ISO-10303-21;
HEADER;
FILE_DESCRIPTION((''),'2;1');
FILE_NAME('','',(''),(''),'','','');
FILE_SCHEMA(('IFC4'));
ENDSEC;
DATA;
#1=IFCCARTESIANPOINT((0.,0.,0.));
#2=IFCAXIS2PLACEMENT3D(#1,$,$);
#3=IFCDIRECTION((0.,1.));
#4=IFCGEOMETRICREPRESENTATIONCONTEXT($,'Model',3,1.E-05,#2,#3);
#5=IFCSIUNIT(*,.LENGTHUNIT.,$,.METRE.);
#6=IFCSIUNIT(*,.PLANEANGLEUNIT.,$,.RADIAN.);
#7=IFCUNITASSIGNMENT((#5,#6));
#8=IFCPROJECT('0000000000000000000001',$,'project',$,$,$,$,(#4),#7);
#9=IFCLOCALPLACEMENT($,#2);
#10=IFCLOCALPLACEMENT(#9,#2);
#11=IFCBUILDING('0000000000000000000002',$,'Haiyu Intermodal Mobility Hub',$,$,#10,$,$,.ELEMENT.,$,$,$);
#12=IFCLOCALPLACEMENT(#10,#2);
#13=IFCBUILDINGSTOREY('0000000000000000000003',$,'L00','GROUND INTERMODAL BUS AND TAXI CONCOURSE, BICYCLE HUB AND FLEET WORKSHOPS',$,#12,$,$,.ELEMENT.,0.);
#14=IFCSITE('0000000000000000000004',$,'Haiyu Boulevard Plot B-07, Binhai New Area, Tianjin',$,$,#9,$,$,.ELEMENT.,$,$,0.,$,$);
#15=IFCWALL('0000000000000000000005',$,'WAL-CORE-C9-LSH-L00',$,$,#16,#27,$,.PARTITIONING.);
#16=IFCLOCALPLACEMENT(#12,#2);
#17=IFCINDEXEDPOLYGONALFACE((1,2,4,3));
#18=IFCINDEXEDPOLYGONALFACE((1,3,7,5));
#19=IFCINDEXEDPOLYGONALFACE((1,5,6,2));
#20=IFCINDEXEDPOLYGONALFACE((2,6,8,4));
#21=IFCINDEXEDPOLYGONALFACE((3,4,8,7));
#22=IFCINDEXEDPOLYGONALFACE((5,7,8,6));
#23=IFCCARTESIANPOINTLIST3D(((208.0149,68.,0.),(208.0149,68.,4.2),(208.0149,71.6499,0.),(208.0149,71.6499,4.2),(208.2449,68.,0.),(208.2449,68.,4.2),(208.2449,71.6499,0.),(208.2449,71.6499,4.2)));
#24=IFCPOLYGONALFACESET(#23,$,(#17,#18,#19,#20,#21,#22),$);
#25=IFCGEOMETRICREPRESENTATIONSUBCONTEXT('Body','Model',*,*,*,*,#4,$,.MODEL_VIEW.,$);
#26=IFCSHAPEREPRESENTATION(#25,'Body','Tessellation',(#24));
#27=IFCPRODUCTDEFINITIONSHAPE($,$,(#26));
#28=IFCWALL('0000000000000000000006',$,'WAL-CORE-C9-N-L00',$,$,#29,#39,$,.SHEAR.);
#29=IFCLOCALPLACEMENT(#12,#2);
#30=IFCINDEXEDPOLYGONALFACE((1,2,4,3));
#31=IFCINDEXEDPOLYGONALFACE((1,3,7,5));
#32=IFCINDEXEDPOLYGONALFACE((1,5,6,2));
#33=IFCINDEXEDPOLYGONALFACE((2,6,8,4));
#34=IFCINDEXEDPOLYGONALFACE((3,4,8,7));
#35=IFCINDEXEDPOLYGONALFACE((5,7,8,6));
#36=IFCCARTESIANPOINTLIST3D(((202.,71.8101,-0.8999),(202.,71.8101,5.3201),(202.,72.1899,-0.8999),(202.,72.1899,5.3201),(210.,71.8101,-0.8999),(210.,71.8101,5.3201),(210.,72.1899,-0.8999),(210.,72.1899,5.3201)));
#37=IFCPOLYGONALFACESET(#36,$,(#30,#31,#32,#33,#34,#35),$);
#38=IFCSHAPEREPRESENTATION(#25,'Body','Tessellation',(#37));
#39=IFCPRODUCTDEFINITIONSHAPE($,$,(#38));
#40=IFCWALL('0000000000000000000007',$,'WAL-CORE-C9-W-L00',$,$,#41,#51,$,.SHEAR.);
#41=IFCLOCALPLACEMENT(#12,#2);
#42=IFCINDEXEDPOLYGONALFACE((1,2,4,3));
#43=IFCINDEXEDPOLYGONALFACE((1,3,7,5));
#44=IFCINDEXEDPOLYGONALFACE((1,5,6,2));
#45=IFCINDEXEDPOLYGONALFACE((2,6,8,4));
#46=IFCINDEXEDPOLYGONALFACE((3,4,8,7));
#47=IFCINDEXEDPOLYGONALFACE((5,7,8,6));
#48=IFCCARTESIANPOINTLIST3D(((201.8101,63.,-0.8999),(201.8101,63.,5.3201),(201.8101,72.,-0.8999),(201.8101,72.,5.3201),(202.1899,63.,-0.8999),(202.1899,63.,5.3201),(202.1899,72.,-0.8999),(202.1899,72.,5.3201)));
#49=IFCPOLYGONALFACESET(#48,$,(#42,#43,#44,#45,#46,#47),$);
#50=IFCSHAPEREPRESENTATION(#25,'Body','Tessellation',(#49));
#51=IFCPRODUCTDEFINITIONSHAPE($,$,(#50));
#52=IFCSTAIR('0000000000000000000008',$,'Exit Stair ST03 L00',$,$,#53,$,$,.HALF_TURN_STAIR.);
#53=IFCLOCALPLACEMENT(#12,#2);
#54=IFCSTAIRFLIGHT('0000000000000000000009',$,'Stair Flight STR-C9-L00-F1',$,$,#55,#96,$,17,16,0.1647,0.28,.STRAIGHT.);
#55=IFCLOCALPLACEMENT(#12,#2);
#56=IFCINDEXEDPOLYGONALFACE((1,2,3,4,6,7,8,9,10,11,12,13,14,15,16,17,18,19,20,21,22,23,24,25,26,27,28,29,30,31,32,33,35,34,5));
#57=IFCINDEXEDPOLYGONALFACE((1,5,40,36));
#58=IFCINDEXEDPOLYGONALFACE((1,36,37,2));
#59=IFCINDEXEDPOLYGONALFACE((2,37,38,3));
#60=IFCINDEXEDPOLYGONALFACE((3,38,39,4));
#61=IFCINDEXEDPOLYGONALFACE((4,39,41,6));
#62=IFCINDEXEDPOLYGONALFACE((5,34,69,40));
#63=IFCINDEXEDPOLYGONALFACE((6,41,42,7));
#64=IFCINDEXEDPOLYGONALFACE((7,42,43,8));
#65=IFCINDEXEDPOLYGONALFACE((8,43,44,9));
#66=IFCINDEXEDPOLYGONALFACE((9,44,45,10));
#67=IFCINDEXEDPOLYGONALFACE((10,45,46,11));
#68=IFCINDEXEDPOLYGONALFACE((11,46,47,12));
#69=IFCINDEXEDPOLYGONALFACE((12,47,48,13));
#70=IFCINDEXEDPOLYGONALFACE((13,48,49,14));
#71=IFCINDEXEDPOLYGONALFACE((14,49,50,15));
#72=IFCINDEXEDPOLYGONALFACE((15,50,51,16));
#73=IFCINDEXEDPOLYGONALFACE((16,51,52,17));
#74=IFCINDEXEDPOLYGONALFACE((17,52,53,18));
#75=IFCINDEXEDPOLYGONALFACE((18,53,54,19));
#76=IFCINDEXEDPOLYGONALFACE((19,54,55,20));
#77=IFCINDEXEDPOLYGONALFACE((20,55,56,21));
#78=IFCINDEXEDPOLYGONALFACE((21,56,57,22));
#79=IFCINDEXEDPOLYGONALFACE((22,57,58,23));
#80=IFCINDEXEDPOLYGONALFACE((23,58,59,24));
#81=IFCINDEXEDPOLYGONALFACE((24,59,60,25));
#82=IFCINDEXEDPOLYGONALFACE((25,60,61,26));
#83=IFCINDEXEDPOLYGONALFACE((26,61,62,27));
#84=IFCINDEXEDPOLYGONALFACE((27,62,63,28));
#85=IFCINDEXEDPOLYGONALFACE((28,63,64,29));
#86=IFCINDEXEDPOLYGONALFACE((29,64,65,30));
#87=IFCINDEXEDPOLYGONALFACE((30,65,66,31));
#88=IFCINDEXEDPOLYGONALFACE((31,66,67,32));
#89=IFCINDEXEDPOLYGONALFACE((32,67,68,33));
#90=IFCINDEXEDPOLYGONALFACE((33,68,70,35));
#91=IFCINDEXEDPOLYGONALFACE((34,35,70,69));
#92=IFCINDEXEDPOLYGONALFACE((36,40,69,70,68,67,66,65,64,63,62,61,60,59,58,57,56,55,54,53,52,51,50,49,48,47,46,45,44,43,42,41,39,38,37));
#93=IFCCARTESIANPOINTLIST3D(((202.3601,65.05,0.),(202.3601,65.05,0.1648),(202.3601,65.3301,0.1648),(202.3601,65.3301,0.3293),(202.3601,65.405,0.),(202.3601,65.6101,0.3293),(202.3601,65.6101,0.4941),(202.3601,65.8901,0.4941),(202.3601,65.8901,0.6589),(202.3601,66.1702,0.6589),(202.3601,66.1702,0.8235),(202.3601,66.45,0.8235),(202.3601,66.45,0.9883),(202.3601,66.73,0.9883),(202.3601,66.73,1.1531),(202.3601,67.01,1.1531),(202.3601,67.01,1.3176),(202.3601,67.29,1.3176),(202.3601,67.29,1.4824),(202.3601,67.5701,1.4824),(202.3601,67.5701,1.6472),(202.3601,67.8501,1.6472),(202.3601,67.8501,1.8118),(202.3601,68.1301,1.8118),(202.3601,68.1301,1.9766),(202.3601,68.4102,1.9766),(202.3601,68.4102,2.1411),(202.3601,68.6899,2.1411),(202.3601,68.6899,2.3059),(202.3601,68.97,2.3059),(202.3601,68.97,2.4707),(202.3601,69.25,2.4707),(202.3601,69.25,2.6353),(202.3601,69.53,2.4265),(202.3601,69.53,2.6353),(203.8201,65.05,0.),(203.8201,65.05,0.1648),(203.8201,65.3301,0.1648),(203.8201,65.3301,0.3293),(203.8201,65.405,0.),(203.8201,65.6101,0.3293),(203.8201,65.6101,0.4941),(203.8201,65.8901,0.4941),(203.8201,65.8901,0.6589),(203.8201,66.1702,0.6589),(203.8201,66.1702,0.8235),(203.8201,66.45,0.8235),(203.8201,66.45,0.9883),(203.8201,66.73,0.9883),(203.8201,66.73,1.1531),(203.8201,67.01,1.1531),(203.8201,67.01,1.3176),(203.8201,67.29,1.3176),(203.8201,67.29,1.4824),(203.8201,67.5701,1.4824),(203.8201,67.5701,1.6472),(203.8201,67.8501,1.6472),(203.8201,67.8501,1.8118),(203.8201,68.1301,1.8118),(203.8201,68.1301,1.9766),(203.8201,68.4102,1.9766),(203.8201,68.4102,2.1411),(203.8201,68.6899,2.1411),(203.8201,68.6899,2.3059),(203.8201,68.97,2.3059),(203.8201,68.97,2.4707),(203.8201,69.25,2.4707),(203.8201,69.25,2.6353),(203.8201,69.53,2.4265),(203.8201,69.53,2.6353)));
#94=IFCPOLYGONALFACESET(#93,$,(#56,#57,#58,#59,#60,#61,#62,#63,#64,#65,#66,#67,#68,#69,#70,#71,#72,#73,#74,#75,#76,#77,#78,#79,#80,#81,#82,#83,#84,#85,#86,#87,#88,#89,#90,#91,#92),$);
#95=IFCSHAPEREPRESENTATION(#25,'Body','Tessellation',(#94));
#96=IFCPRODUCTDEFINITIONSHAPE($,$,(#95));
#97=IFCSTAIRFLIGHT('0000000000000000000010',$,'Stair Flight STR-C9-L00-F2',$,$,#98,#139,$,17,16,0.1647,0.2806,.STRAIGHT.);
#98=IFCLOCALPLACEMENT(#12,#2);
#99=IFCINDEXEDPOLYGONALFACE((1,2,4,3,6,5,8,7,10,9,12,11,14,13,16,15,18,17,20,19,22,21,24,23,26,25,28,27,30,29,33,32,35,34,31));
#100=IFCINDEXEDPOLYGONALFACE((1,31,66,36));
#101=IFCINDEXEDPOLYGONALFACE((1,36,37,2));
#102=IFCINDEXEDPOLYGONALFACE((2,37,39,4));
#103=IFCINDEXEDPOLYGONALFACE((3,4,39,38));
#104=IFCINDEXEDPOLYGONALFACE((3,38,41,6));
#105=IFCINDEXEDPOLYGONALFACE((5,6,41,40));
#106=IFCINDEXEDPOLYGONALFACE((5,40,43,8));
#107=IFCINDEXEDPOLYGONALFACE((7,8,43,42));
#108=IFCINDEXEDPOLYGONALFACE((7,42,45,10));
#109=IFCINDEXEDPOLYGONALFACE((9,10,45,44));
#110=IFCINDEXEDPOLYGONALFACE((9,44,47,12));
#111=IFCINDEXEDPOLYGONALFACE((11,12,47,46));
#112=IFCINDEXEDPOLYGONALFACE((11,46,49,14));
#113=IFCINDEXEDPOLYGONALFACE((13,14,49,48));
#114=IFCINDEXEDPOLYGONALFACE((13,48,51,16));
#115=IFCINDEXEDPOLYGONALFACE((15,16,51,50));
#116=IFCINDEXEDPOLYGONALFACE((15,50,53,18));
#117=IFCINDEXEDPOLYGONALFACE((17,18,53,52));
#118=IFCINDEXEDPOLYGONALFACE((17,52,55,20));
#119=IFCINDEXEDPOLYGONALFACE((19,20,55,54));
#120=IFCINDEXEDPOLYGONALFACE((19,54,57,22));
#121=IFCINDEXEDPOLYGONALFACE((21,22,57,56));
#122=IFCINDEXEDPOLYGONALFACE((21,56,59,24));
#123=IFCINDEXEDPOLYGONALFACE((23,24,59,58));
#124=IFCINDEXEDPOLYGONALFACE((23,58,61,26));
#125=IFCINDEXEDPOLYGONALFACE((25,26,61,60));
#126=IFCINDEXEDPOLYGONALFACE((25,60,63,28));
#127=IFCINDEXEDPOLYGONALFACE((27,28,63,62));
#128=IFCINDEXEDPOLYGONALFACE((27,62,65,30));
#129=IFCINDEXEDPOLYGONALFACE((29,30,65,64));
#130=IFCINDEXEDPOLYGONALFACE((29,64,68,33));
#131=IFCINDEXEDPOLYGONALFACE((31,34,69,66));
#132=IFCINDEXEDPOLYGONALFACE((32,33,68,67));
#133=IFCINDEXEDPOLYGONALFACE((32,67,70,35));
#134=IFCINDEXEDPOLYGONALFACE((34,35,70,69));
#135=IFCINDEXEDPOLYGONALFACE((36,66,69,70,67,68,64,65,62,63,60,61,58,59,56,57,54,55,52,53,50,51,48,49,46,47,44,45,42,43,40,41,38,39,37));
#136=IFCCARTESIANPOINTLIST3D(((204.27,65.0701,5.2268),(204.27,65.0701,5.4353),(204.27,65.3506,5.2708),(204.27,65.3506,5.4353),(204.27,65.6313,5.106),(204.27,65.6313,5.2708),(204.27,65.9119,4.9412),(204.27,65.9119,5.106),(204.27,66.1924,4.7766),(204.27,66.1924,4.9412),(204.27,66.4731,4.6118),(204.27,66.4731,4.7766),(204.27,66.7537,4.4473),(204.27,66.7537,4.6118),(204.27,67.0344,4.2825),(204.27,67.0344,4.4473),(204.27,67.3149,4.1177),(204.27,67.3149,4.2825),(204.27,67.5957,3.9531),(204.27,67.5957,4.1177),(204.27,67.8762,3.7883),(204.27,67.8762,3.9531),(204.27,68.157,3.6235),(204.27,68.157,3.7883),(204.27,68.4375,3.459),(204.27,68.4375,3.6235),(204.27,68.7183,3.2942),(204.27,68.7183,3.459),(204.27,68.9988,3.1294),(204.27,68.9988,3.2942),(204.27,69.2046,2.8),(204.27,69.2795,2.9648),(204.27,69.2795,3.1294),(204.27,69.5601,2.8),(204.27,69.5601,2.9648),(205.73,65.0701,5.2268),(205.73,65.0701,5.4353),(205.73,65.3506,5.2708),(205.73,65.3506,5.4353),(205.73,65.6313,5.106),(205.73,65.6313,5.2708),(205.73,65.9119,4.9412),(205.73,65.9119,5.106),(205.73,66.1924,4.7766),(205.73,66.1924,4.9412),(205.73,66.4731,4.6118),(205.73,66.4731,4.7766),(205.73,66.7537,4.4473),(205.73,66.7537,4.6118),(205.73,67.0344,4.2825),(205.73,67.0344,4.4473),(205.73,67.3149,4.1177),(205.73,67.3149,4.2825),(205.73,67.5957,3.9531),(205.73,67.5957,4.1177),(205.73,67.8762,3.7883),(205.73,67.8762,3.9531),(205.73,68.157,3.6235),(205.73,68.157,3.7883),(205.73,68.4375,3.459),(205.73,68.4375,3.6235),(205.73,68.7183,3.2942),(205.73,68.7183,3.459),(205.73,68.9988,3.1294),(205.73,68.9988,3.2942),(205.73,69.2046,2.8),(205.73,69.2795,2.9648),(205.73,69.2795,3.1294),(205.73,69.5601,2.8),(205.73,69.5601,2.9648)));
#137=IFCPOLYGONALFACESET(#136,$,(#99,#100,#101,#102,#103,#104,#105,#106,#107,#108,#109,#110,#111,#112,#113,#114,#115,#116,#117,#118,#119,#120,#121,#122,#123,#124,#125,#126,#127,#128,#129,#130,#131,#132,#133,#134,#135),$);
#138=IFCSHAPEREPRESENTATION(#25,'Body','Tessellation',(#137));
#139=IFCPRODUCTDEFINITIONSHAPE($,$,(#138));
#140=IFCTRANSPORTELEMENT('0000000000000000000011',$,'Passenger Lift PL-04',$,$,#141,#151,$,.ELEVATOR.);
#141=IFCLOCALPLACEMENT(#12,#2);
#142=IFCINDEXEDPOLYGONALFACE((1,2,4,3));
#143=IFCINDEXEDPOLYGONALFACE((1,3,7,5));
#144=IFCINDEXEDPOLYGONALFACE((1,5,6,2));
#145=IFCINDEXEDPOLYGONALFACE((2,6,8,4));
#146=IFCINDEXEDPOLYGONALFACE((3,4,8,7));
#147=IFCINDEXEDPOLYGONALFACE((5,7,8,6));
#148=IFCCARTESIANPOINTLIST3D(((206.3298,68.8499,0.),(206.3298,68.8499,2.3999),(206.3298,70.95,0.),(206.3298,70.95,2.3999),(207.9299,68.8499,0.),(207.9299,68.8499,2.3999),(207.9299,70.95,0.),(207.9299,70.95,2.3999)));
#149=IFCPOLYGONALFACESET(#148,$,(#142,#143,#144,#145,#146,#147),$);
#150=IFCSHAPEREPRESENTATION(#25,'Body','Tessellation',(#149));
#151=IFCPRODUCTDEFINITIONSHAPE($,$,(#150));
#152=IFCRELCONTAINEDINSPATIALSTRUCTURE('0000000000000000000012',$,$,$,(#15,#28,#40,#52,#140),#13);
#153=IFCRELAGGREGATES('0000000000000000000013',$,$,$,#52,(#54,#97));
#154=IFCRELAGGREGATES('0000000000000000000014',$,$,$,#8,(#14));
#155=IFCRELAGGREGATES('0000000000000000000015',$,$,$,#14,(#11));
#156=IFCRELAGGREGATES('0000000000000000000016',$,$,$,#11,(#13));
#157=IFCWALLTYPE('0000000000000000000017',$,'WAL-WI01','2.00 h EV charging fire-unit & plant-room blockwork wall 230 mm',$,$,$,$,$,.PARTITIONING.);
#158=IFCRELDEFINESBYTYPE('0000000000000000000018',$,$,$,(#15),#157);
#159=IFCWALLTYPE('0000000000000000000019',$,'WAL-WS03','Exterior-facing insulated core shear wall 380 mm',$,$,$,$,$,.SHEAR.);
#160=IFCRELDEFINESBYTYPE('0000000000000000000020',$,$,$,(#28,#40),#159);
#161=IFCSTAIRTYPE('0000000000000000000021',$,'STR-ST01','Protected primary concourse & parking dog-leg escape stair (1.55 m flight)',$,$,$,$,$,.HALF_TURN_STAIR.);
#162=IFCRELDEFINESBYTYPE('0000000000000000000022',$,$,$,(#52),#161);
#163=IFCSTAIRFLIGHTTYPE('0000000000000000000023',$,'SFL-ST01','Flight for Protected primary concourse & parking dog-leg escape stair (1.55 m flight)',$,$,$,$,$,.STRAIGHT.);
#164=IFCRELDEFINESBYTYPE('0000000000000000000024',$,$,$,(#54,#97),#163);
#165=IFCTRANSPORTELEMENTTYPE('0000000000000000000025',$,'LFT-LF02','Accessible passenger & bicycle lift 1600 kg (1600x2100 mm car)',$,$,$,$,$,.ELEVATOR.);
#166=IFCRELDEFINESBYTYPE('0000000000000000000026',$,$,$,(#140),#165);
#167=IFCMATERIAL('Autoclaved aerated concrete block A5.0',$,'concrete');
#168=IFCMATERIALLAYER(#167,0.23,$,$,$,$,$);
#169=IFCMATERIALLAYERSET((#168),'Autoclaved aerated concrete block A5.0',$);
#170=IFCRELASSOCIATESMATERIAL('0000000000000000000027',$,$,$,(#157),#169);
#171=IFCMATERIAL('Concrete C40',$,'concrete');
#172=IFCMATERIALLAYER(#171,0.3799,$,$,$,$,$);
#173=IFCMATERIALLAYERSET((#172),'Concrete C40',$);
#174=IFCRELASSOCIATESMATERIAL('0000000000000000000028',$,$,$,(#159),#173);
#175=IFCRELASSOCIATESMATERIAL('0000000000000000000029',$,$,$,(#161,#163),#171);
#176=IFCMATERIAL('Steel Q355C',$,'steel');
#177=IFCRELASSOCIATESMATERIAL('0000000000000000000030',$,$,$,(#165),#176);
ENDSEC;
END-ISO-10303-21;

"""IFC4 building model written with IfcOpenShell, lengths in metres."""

from ifc_helpers import new_model, si_unit, direction, frame, frame_2d, origin, origin_2d, place, context, subcontext, project, spatial, polyline, rectangle, outline, extrude, material, layer, layer_set, type_object, element, aggregate, save


model = new_model("IFC4")

# Units and contexts
model_context = context("Model", 3, precision=1e-05, world=origin(), true_north=direction((0.0, 1.0)))
body_context = subcontext(model_context, "Body", "Model", "MODEL_VIEW")
ifc_project = project(units=[si_unit("LENGTHUNIT", "METRE"), si_unit("PLANEANGLEUNIT", "RADIAN")], contexts=[model_context])

# Site, building, storey
site_placement = place(None, origin())
site = spatial("IfcSite", under=ifc_project, at=site_placement, Name="Haiyu Boulevard Plot B-07, Binhai New Area, Tianjin", CompositionType="ELEMENT", RefElevation=0.0)
building_placement = place(site_placement, origin())
building = spatial("IfcBuilding", under=site, at=building_placement, Name="Haiyu Intermodal Mobility Hub", CompositionType="ELEMENT")
storey_placement = place(building_placement, origin())
storey = spatial("IfcBuildingStorey", under=building, at=storey_placement, Name="L00", Description="GROUND INTERMODAL BUS AND TAXI CONCOURSE, BICYCLE HUB AND FLEET WORKSHOPS", CompositionType="ELEMENT", Elevation=0.0)

# Shared definitions
ifc_material_1 = material(Name="Concrete C40", Category="concrete")

# Shared definitions
ifc_material_2 = material(Name="Steel Q355C", Category="steel")

# Wall
ifc_material_3 = material(Name="Autoclaved aerated concrete block A5.0", Category="concrete")
ifc_layer_1 = layer(ifc_material_3, 0.23)
ifc_layer_set_1 = layer_set([ifc_layer_1], Name="Autoclaved aerated concrete block A5.0")
wall_type_1 = type_object("IfcWallType", Name="WAL-WI01", Description="2.00 h EV charging fire-unit & plant-room blockwork wall 230 mm", PredefinedType="PARTITIONING", material=ifc_layer_set_1)
wall_1_placement = place(storey_placement, frame((208.1299, 68.0, 0.0), z_axis=(0.0, 0.0, 1.0), x_axis=(0.0, 1.0, 0.0)))
element("IfcWall", 1, at=wall_1_placement, inside=storey, type_object=wall_type_1, Name="WAL-CORE-C9-LSH-L00", PredefinedType="PARTITIONING", context=body_context, shape_type="SweptSolid", body=[
    extrude(rectangle(XDim=3.6499, YDim=0.23, at=frame_2d((1.825, 0.0))), origin(), (0.0, 0.0, 1.0), 4.2),
])

# Walls
ifc_layer_2 = layer(ifc_material_1, 0.3799)
ifc_layer_set_2 = layer_set([ifc_layer_2], Name="Concrete C40")
wall_type_2 = type_object("IfcWallType", Name="WAL-WS03", Description="Exterior-facing insulated core shear wall 380 mm", PredefinedType="SHEAR", material=ifc_layer_set_2)
wall_2_placement = place(storey_placement, frame((210.0, 72.0, -0.8999), z_axis=(0.0, 0.0, 1.0), x_axis=(-1.0, 0.0, 0.0)))
element("IfcWall", 2, at=wall_2_placement, inside=storey, type_object=wall_type_2, Name="WAL-CORE-C9-N-L00", PredefinedType="SHEAR", context=body_context, shape_type="SweptSolid", body=[
    extrude(rectangle(XDim=8.0, YDim=0.3799, at=frame_2d((4.0, 0.0))), origin(), (0.0, 0.0, 1.0), 6.22),
])
wall_3_placement = place(storey_placement, frame((202.0, 72.0, -0.8999), z_axis=(0.0, 0.0, 1.0), x_axis=(0.0, -1.0, 0.0)))
element("IfcWall", 3, at=wall_3_placement, inside=storey, type_object=wall_type_2, Name="WAL-CORE-C9-W-L00", PredefinedType="SHEAR", context=body_context, shape_type="SweptSolid", body=[
    extrude(rectangle(XDim=9.0, YDim=0.3799, at=frame_2d((4.5, 0.0))), origin(), (0.0, 0.0, 1.0), 6.22),
])

# Stair, stair flights
stair_type = type_object("IfcStairType", Name="STR-ST01", Description="Protected primary concourse & parking dog-leg escape stair (1.55 m flight)", PredefinedType="HALF_TURN_STAIR", material=ifc_material_1)
stair_placement = place(storey_placement, origin())
stair = element("IfcStair", 4, at=stair_placement, inside=storey, type_object=stair_type, Name="Exit Stair ST03 L00", PredefinedType="HALF_TURN_STAIR")
stair_flight_type = type_object("IfcStairFlightType", Name="SFL-ST01", Description="Flight for Protected primary concourse & parking dog-leg escape stair (1.55 m flight)", PredefinedType="STRAIGHT", material=ifc_material_1)
stair_flight_1_placement = place(storey_placement, frame((203.0901, 65.05, 0.0), z_axis=(0.0, 0.0, 1.0), x_axis=(0.0, 1.0, 0.0)))
stair_flight_1 = element("IfcStairFlight", 5, at=stair_flight_1_placement, type_object=stair_flight_type, Name="Stair Flight STR-C9-L00-F1", NumberOfRisers=17, NumberOfTreads=16, PredefinedType="STRAIGHT", RiserHeight=0.1647, TreadLength=0.28, context=body_context, shape_type="SweptSolid", body=[
    extrude(outline(polyline([(0.0, 0.0), (0.0, 0.1648), (0.28, 0.1648), (0.28, 0.3293), (0.5601, 0.3293), (0.5601, 0.4941), (0.8401, 0.4941), (0.8401, 0.6589), (1.1201, 0.6589), (1.1201, 0.8235), (1.3999, 0.8235), (1.3999, 0.9883), (1.6799, 0.9883), (1.6799, 1.1531), (1.96, 1.1531), (1.96, 1.3176), (2.24, 1.3176), (2.24, 1.4824), (2.52, 1.4824), (2.52, 1.6472), (2.8, 1.6472), (2.8, 1.8118), (3.0801, 1.8118), (3.0801, 1.9766), (3.3601, 1.9766), (3.3601, 2.1411), (3.6399, 2.1411), (3.6399, 2.3059), (3.9199, 2.3059), (3.9199, 2.4707), (4.2, 2.4707), (4.2, 2.6353), (4.48, 2.6353), (4.48, 2.8), (4.48, 2.4265), (0.355, 0.0), (0.0, 0.0)])), frame((0.0, 0.73, 0.0), z_axis=(0.0, -1.0, 0.0), x_axis=(1.0, 0.0, 0.0)), (0.0, 0.0, 1.0), 1.46),
])
stair_flight_2_placement = place(storey_placement, frame((205.0, 69.5601, 2.8), z_axis=(0.0, 0.0, 1.0), x_axis=(0.0, -1.0, 0.0)))
stair_flight_2 = element("IfcStairFlight", 6, at=stair_flight_2_placement, type_object=stair_flight_type, Name="Stair Flight STR-C9-L00-F2", NumberOfRisers=17, NumberOfTreads=16, PredefinedType="STRAIGHT", RiserHeight=0.1647, TreadLength=0.2806, context=body_context, shape_type="SweptSolid", body=[
    extrude(outline(polyline([(0.0, 0.0), (0.0, 0.1648), (0.2805, 0.1648), (0.2805, 0.3293), (0.5613, 0.3293), (0.5613, 0.4941), (0.8418, 0.4941), (0.8418, 0.6589), (1.1226, 0.6589), (1.1226, 0.8235), (1.4031, 0.8235), (1.4031, 0.9883), (1.6838, 0.9883), (1.6838, 1.1531), (1.9644, 1.1531), (1.9644, 1.3176), (2.2451, 1.3176), (2.2451, 1.4824), (2.5256, 1.4824), (2.5256, 1.6472), (2.8064, 1.6472), (2.8064, 1.8118), (3.0869, 1.8118), (3.0869, 1.9766), (3.3677, 1.9766), (3.3677, 2.1411), (3.6482, 2.1411), (3.6482, 2.3059), (3.9287, 2.3059), (3.9287, 2.4707), (4.2095, 2.4707), (4.2095, 2.6353), (4.49, 2.6353), (4.49, 2.8), (4.49, 2.4268), (0.3555, 0.0), (0.0, 0.0)])), frame((0.0, 0.73, 0.0), z_axis=(0.0, -1.0, 0.0), x_axis=(1.0, 0.0, 0.0)), (0.0, 0.0, 1.0), 1.46),
])
aggregate(stair, [stair_flight_1, stair_flight_2])

# Transport element
transport_element_type = type_object("IfcTransportElementType", Name="LFT-LF02", Description="Accessible passenger & bicycle lift 1600 kg (1600x2100 mm car)", PredefinedType="ELEVATOR", material=ifc_material_2)
transport_element_placement = place(storey_placement, frame((207.1299, 69.8999, 0.0), z_axis=(0.0, 0.0, 1.0), x_axis=(1.0, 0.0, 0.0)))
element("IfcTransportElement", 7, at=transport_element_placement, inside=storey, type_object=transport_element_type, Name="Passenger Lift PL-04", PredefinedType="ELEVATOR", context=body_context, shape_type="SweptSolid", body=[
    extrude(rectangle(XDim=1.6001, YDim=2.1001, at=origin_2d()), origin(), (0.0, 0.0, 1.0), 2.3999),
])

save(model, "model.ifc")
